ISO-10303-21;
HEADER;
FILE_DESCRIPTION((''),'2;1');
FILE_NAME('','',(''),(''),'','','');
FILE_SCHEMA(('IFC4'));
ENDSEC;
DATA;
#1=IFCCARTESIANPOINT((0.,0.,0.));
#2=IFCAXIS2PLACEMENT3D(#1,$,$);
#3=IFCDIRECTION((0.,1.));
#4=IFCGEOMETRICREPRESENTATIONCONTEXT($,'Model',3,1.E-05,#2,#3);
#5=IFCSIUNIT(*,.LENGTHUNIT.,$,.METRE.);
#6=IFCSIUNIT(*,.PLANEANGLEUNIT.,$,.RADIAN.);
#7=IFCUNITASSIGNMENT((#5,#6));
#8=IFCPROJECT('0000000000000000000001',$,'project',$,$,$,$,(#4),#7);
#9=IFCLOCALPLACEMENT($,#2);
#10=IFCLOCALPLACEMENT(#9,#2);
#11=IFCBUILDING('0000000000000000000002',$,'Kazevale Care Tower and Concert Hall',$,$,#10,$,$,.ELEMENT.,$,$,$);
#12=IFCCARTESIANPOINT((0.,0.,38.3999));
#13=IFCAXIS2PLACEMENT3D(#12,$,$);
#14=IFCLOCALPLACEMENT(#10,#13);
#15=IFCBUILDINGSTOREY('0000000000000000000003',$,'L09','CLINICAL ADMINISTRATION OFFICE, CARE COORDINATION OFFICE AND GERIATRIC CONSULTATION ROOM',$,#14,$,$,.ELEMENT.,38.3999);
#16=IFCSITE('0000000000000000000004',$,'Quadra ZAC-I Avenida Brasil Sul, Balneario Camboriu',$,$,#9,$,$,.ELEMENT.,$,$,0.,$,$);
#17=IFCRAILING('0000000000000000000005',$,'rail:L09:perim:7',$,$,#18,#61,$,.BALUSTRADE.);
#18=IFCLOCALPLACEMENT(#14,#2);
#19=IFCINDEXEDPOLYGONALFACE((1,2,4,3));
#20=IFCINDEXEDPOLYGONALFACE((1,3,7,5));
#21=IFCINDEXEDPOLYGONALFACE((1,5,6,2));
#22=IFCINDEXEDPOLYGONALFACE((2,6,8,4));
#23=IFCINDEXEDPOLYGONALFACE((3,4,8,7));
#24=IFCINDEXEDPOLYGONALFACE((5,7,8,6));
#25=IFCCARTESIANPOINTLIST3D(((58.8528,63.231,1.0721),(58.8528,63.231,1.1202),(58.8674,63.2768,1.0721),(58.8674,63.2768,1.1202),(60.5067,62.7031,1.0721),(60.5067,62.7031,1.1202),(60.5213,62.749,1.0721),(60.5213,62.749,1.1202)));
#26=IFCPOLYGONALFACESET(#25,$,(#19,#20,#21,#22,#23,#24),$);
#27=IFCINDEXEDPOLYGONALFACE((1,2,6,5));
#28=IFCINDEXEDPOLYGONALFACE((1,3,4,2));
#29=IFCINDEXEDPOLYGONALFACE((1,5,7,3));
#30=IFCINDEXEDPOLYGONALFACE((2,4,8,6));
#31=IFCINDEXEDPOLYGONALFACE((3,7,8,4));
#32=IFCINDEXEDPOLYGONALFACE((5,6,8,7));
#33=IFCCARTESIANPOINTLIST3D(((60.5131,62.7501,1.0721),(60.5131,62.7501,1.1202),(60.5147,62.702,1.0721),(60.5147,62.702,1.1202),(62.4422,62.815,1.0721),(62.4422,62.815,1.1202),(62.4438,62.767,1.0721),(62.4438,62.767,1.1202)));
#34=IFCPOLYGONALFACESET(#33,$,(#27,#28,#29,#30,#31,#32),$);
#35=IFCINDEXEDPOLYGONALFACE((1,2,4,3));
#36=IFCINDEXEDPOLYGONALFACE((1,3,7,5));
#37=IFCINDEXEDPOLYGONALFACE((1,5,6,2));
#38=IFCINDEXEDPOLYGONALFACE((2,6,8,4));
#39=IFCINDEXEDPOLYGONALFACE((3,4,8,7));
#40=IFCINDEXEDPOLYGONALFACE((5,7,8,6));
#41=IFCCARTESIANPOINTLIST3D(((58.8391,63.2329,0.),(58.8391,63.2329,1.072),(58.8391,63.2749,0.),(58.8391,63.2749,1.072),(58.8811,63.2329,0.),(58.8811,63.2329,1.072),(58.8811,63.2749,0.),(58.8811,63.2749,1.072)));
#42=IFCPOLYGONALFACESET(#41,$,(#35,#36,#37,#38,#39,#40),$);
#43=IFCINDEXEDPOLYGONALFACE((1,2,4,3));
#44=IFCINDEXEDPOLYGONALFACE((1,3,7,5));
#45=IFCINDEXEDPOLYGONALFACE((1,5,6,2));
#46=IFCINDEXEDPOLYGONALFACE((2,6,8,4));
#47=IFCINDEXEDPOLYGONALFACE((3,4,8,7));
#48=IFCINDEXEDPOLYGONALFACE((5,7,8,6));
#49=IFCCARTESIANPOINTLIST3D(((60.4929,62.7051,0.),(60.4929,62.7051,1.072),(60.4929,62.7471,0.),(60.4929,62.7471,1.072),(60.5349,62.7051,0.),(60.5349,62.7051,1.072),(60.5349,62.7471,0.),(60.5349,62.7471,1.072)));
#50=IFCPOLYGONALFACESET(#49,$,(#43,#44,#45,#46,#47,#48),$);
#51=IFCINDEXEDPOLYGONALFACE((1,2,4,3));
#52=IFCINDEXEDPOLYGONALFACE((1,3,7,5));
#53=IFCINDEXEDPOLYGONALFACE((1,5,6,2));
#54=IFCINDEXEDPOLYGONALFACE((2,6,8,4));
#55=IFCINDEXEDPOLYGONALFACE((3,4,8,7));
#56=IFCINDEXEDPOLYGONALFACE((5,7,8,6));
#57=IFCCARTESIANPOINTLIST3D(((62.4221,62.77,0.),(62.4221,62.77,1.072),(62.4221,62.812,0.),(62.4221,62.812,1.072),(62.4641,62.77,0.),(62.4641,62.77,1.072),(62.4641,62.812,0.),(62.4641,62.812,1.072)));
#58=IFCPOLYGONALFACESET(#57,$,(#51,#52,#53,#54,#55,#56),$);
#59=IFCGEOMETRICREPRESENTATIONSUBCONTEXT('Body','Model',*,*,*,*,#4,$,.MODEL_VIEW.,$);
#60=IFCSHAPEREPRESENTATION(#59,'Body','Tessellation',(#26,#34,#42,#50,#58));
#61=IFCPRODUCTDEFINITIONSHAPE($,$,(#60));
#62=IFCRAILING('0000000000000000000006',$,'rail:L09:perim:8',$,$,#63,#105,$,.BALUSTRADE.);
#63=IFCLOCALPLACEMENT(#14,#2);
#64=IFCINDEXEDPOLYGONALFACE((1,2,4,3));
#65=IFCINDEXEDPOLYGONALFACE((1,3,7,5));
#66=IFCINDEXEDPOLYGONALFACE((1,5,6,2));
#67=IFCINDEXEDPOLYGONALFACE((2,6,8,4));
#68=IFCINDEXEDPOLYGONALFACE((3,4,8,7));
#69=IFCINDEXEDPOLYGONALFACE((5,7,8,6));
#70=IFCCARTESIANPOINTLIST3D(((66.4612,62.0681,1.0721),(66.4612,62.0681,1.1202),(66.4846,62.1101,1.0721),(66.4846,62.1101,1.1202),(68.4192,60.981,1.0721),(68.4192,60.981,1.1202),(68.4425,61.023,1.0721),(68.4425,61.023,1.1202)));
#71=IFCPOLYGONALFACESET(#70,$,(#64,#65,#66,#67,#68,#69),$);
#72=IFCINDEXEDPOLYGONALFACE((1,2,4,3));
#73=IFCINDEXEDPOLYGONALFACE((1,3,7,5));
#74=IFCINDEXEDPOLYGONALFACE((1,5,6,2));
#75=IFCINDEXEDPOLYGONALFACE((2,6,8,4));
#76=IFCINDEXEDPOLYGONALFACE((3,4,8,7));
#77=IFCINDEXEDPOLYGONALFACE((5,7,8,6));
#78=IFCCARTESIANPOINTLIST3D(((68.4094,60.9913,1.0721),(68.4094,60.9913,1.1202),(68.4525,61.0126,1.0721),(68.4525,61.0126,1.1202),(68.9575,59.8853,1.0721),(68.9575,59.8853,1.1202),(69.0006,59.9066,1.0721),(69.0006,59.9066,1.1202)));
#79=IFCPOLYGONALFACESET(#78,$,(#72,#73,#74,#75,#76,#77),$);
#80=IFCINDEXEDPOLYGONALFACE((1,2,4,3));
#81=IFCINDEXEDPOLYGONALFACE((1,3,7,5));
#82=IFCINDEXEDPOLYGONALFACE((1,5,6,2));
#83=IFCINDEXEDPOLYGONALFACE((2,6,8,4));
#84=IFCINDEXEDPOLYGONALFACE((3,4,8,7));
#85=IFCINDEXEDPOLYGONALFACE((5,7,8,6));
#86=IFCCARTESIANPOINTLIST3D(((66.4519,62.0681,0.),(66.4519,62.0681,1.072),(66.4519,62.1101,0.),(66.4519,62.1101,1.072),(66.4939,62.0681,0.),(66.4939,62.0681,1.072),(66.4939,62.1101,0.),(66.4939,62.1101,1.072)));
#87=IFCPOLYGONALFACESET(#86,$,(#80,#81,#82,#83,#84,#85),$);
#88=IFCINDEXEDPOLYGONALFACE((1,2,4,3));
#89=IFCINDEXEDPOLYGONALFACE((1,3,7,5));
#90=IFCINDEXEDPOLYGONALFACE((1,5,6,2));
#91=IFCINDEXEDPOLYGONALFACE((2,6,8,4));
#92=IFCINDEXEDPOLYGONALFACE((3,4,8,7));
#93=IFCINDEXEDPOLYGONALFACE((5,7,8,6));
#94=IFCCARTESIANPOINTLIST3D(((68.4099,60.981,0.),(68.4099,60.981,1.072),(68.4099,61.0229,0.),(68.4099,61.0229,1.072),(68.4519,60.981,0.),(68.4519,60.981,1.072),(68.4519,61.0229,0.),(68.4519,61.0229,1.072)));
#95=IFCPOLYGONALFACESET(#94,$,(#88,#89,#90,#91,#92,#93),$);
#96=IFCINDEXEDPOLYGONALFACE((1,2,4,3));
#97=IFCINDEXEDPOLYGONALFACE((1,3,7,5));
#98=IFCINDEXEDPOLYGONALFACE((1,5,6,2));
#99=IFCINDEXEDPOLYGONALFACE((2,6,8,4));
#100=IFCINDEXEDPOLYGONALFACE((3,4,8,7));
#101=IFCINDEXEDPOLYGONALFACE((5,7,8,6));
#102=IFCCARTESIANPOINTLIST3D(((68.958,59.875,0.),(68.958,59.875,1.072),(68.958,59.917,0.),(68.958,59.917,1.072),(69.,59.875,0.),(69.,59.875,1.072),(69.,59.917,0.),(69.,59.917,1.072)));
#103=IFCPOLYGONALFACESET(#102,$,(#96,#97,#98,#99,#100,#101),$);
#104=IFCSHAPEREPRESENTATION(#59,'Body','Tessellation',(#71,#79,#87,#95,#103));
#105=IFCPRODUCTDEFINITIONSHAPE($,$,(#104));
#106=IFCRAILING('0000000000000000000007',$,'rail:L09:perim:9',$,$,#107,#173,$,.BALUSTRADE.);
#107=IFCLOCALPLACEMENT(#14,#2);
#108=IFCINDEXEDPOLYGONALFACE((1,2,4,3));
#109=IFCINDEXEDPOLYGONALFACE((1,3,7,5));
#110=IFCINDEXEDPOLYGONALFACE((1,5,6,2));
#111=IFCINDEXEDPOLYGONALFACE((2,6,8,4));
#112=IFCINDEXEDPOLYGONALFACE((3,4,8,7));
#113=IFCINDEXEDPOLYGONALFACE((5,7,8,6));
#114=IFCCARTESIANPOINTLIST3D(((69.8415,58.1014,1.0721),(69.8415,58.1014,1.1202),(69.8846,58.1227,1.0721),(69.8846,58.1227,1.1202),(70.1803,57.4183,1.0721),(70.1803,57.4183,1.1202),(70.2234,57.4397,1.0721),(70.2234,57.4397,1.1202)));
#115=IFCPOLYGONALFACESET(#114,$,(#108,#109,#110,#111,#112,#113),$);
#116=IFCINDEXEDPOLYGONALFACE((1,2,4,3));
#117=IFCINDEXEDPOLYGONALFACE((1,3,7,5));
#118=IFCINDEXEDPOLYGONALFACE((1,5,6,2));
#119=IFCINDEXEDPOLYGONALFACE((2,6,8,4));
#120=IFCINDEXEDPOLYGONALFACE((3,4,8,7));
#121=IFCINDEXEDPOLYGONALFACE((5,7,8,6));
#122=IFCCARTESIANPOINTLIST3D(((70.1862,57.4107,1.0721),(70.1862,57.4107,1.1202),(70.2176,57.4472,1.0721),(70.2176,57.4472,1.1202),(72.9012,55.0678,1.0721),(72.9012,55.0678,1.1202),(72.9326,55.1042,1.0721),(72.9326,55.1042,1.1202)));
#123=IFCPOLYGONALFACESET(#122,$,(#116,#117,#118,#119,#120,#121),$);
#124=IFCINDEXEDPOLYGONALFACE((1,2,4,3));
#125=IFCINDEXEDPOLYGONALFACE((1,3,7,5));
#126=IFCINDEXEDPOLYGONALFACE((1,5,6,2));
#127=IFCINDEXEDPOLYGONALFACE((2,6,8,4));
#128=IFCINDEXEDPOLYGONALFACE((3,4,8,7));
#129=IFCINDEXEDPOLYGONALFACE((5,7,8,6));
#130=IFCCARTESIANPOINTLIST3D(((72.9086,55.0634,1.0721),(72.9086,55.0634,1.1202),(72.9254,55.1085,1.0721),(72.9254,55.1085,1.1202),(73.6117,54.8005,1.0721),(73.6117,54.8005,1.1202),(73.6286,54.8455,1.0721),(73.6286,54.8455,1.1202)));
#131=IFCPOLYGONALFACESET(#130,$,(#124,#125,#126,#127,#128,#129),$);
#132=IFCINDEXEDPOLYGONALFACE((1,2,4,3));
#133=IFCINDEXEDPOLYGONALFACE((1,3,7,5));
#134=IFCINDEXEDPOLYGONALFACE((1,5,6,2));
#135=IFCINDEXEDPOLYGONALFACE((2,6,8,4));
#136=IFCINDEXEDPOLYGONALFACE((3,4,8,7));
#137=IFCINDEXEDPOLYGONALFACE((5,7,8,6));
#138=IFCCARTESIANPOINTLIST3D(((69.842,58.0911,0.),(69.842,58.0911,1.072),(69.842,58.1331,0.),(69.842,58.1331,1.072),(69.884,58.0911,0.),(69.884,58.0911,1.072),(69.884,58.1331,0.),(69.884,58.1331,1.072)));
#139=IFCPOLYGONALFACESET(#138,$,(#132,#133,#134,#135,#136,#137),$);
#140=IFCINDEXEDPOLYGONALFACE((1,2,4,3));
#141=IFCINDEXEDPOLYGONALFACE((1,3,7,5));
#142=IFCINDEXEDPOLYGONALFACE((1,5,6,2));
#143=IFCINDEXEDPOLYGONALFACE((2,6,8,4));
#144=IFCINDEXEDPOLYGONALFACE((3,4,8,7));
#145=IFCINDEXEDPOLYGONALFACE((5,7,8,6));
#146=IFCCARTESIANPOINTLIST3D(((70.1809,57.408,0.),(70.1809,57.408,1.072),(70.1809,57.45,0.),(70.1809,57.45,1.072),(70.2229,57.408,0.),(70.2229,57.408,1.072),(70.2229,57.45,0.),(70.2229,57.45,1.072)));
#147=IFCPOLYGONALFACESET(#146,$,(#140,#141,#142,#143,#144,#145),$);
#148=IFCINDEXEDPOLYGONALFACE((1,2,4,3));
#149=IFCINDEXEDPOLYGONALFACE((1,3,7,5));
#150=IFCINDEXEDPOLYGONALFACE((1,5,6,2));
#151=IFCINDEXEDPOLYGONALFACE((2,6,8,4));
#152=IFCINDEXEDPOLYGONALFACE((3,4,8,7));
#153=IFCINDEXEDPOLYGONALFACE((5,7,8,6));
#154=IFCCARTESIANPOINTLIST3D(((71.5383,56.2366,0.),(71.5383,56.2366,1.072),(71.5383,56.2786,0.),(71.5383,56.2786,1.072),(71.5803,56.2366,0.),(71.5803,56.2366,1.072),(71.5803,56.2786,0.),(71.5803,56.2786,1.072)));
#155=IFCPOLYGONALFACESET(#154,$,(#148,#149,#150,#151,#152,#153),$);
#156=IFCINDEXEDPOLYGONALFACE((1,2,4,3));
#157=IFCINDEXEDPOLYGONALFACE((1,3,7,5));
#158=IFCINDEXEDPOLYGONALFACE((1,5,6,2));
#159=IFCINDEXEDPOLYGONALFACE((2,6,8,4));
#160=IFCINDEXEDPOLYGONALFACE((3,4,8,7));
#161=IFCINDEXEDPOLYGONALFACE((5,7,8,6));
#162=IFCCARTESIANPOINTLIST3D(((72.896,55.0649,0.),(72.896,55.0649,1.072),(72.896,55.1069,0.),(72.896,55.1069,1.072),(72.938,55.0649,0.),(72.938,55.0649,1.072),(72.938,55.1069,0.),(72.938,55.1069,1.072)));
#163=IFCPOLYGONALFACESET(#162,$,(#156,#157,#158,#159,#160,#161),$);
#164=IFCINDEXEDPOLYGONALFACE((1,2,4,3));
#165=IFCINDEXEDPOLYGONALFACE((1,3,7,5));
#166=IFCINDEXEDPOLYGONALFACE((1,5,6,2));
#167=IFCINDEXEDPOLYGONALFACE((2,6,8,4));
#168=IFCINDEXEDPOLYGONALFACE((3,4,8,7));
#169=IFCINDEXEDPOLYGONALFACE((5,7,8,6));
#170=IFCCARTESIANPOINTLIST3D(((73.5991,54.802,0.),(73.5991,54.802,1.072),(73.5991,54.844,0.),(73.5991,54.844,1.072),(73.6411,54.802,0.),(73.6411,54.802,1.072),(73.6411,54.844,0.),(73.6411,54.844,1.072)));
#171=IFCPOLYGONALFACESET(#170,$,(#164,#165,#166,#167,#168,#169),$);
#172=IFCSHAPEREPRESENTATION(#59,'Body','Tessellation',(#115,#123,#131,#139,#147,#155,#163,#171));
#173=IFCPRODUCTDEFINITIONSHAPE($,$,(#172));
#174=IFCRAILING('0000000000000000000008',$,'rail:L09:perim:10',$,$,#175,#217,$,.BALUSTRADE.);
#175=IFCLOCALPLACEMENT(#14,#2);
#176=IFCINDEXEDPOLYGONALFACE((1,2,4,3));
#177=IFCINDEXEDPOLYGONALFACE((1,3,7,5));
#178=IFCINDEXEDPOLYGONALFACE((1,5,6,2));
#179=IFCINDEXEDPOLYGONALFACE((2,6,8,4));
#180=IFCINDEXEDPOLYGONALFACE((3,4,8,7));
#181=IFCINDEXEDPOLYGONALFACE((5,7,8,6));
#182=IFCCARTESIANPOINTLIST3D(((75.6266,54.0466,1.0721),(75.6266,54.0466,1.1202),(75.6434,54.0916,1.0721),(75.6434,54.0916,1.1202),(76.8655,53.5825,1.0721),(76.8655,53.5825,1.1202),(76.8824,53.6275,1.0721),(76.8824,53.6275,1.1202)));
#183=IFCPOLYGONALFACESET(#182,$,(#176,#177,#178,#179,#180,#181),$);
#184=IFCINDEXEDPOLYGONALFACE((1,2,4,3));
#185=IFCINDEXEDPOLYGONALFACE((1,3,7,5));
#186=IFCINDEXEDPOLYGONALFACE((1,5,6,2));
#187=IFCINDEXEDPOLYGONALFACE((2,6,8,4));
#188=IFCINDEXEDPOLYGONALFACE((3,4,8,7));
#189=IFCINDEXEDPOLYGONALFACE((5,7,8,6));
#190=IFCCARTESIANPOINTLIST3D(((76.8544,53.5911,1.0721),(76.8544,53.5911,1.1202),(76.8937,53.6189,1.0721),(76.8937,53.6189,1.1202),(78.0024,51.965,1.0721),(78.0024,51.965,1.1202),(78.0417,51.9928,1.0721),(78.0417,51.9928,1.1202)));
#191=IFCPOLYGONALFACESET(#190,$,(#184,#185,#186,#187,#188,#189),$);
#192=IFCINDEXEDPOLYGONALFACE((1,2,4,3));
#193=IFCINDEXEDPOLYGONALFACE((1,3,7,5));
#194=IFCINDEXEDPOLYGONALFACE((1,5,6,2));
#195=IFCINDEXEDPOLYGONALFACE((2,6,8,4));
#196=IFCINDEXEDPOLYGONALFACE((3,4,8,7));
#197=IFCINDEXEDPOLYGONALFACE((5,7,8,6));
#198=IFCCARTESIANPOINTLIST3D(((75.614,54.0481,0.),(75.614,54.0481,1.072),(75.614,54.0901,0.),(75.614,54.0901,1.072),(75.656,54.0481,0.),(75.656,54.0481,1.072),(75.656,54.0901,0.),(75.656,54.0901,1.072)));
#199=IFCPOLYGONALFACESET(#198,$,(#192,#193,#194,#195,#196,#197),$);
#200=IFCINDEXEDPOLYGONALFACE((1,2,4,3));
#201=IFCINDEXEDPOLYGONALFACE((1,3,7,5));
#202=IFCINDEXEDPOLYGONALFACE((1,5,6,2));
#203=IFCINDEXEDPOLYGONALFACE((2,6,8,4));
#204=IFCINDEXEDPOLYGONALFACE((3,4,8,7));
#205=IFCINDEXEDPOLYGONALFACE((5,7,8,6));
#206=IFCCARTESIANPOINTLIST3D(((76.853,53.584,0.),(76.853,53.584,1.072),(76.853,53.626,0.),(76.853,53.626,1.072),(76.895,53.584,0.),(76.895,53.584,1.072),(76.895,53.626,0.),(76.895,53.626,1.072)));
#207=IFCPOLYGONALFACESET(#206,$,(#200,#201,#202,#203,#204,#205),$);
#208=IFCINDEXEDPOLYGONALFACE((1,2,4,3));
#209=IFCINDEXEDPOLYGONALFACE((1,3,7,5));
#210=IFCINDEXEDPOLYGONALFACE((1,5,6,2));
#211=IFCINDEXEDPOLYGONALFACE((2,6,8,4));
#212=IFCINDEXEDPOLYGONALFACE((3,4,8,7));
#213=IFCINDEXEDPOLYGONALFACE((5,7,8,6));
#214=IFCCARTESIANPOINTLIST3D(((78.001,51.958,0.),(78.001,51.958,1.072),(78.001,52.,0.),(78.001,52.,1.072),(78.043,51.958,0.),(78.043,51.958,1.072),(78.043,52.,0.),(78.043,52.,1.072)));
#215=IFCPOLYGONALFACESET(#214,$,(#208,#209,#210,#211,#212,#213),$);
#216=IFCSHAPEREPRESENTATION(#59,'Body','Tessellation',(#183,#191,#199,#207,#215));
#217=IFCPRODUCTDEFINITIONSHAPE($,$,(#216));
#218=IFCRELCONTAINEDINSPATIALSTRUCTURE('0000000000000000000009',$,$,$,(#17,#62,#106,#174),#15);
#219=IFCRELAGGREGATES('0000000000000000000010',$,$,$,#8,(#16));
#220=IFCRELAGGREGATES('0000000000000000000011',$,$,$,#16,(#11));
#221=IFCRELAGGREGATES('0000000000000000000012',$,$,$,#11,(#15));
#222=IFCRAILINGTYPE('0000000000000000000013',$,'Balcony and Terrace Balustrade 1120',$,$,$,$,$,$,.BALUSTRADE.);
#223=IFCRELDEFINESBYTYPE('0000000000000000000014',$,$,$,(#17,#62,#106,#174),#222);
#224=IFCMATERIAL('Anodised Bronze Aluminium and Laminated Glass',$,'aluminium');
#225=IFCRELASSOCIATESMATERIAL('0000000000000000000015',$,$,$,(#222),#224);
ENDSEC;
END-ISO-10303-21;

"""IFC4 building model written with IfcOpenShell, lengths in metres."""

from ifc_helpers import new_model, si_unit, direction, frame, origin, origin_2d, place, context, subcontext, project, spatial, rectangle, extrude, material, type_object, element, save


model = new_model("IFC4")

# Units and contexts
model_context = context("Model", 3, precision=1e-05, world=origin(), true_north=direction((0.0, 1.0)))
body_context = subcontext(model_context, "Body", "Model", "MODEL_VIEW")
ifc_project = project(units=[si_unit("LENGTHUNIT", "METRE"), si_unit("PLANEANGLEUNIT", "RADIAN")], contexts=[model_context])

# Site, building, storey
site_placement = place(None, origin())
site = spatial("IfcSite", under=ifc_project, at=site_placement, Name="Quadra ZAC-I Avenida Brasil Sul, Balneario Camboriu", CompositionType="ELEMENT", RefElevation=0.0)
building_placement = place(site_placement, origin())
building = spatial("IfcBuilding", under=site, at=building_placement, Name="Kazevale Care Tower and Concert Hall", CompositionType="ELEMENT")
storey_placement = place(building_placement, frame((0.0, 0.0, 38.3999)))
storey = spatial("IfcBuildingStorey", under=building, at=storey_placement, Name="L09", Description="CLINICAL ADMINISTRATION OFFICE, CARE COORDINATION OFFICE AND GERIATRIC CONSULTATION ROOM", CompositionType="ELEMENT", Elevation=38.3999)

# Railings
ifc_material_1 = material(Name="Anodised Bronze Aluminium and Laminated Glass", Category="aluminium")
railing_type = type_object("IfcRailingType", Name="Balcony and Terrace Balustrade 1120", PredefinedType="BALUSTRADE", material=ifc_material_1)
railing_1_placement = place(storey_placement, frame((58.8601, 63.2539, 0.0)))
element("IfcRailing", 1, at=railing_1_placement, inside=storey, type_object=railing_type, Name="rail:L09:perim:7", PredefinedType="BALUSTRADE", context=body_context, shape_type="SweptSolid", body=[
    extrude(rectangle(XDim=0.0481, YDim=0.0481, at=origin_2d()), frame((0.0, 0.0, 1.0962), z_axis=(0.952656, -0.304051, 0.0), x_axis=(0.304051, 0.952656, 0.0)), (0.0, 0.0, 1.0), 1.7361),
    extrude(rectangle(XDim=0.0481, YDim=0.0481, at=origin_2d()), frame((1.6538, -0.5278, 1.0962), z_axis=(0.999434, 0.033643, 0.0), x_axis=(-0.033643, 0.999434, 0.0)), (0.0, 0.0, 1.0), 1.9302),
    extrude(rectangle(XDim=0.042, YDim=0.042, at=origin_2d()), origin(), (0.0, 0.0, 1.0), 1.072),
    extrude(rectangle(XDim=0.042, YDim=0.042, at=origin_2d()), frame((1.6538, -0.5278, 0.0)), (0.0, 0.0, 1.0), 1.072),
    extrude(rectangle(XDim=0.042, YDim=0.042, at=origin_2d()), frame((3.583, -0.4629, 0.0)), (0.0, 0.0, 1.0), 1.072),
])
railing_2_placement = place(storey_placement, frame((66.4729, 62.0891, 0.0)))
element("IfcRailing", 2, at=railing_2_placement, inside=storey, type_object=railing_type, Name="rail:L09:perim:8", PredefinedType="BALUSTRADE", context=body_context, shape_type="SweptSolid", body=[
    extrude(rectangle(XDim=0.0481, YDim=0.0481, at=origin_2d()), frame((0.0, 0.0, 1.0962), z_axis=(0.874276, -0.48543, 0.0), x_axis=(0.48543, 0.874276, 0.0)), (0.0, 0.0, 1.0), 2.2395),
    extrude(rectangle(XDim=0.0481, YDim=0.0481, at=origin_2d()), frame((1.958, -1.0872, 1.0962), z_axis=(0.444046, -0.896004, 0.0), x_axis=(0.896004, 0.444046, 0.0)), (0.0, 0.0, 1.0), 1.2344),
    extrude(rectangle(XDim=0.042, YDim=0.042, at=origin_2d()), origin(), (0.0, 0.0, 1.0), 1.072),
    extrude(rectangle(XDim=0.042, YDim=0.042, at=origin_2d()), frame((1.958, -1.0872, 0.0)), (0.0, 0.0, 1.0), 1.072),
    extrude(rectangle(XDim=0.042, YDim=0.042, at=origin_2d()), frame((2.5061, -2.1931, 0.0)), (0.0, 0.0, 1.0), 1.072),
])
railing_3_placement = place(storey_placement, frame((69.863, 58.1121, 0.0)))
element("IfcRailing", 3, at=railing_3_placement, inside=storey, type_object=railing_type, Name="rail:L09:perim:9", PredefinedType="BALUSTRADE", context=body_context, shape_type="SweptSolid", body=[
    extrude(rectangle(XDim=0.0481, YDim=0.0481, at=origin_2d()), frame((0.0, 0.0, 1.0962), z_axis=(0.444394, -0.895831, 0.0), x_axis=(0.895831, 0.444394, 0.0)), (0.0, 0.0, 1.0), 0.7625),
    extrude(rectangle(XDim=0.0481, YDim=0.0481, at=origin_2d()), frame((0.3389, -0.6831, 1.0962), z_axis=(0.757076, -0.653327, 0.0), x_axis=(0.653327, 0.757076, 0.0)), (0.0, 0.0, 1.0), 3.5862),
    extrude(rectangle(XDim=0.0481, YDim=0.0481, at=origin_2d()), frame((3.054, -3.0261, 1.0962), z_axis=(0.93665, -0.350268, 0.0), x_axis=(0.350268, 0.93665, 0.0)), (0.0, 0.0, 1.0), 0.7507),
    extrude(rectangle(XDim=0.042, YDim=0.042, at=origin_2d()), origin(), (0.0, 0.0, 1.0), 1.072),
    extrude(rectangle(XDim=0.042, YDim=0.042, at=origin_2d()), frame((0.3389, -0.6831, 0.0)), (0.0, 0.0, 1.0), 1.072),
    extrude(rectangle(XDim=0.042, YDim=0.042, at=origin_2d()), frame((1.6963, -1.8545, 0.0)), (0.0, 0.0, 1.0), 1.072),
    extrude(rectangle(XDim=0.042, YDim=0.042, at=origin_2d()), frame((3.054, -3.0261, 0.0)), (0.0, 0.0, 1.0), 1.072),
    extrude(rectangle(XDim=0.042, YDim=0.042, at=origin_2d()), frame((3.7571, -3.2891, 0.0)), (0.0, 0.0, 1.0), 1.072),
])
railing_4_placement = place(storey_placement, frame((75.635, 54.0691, 0.0)))
element("IfcRailing", 4, at=railing_4_placement, inside=storey, type_object=railing_type, Name="rail:L09:perim:10", PredefinedType="BALUSTRADE", context=body_context, shape_type="SweptSolid", body=[
    extrude(rectangle(XDim=0.0481, YDim=0.0481, at=origin_2d()), frame((0.0, 0.0, 1.0962), z_axis=(0.936458, -0.35078, 0.0), x_axis=(0.35078, 0.936458, 0.0)), (0.0, 0.0, 1.0), 1.323),
    extrude(rectangle(XDim=0.0481, YDim=0.0481, at=origin_2d()), frame((1.239, -0.4641, 1.0962), z_axis=(0.576751, -0.81692, 0.0), x_axis=(0.81692, 0.576751, 0.0)), (0.0, 0.0, 1.0), 1.9905),
    extrude(rectangle(XDim=0.042, YDim=0.042, at=origin_2d()), origin(), (0.0, 0.0, 1.0), 1.072),
    extrude(rectangle(XDim=0.042, YDim=0.042, at=origin_2d()), frame((1.239, -0.4641, 0.0)), (0.0, 0.0, 1.0), 1.072),
    extrude(rectangle(XDim=0.042, YDim=0.042, at=origin_2d()), frame((2.387, -2.0901, 0.0)), (0.0, 0.0, 1.0), 1.072),
])

save(model, "model.ifc")
